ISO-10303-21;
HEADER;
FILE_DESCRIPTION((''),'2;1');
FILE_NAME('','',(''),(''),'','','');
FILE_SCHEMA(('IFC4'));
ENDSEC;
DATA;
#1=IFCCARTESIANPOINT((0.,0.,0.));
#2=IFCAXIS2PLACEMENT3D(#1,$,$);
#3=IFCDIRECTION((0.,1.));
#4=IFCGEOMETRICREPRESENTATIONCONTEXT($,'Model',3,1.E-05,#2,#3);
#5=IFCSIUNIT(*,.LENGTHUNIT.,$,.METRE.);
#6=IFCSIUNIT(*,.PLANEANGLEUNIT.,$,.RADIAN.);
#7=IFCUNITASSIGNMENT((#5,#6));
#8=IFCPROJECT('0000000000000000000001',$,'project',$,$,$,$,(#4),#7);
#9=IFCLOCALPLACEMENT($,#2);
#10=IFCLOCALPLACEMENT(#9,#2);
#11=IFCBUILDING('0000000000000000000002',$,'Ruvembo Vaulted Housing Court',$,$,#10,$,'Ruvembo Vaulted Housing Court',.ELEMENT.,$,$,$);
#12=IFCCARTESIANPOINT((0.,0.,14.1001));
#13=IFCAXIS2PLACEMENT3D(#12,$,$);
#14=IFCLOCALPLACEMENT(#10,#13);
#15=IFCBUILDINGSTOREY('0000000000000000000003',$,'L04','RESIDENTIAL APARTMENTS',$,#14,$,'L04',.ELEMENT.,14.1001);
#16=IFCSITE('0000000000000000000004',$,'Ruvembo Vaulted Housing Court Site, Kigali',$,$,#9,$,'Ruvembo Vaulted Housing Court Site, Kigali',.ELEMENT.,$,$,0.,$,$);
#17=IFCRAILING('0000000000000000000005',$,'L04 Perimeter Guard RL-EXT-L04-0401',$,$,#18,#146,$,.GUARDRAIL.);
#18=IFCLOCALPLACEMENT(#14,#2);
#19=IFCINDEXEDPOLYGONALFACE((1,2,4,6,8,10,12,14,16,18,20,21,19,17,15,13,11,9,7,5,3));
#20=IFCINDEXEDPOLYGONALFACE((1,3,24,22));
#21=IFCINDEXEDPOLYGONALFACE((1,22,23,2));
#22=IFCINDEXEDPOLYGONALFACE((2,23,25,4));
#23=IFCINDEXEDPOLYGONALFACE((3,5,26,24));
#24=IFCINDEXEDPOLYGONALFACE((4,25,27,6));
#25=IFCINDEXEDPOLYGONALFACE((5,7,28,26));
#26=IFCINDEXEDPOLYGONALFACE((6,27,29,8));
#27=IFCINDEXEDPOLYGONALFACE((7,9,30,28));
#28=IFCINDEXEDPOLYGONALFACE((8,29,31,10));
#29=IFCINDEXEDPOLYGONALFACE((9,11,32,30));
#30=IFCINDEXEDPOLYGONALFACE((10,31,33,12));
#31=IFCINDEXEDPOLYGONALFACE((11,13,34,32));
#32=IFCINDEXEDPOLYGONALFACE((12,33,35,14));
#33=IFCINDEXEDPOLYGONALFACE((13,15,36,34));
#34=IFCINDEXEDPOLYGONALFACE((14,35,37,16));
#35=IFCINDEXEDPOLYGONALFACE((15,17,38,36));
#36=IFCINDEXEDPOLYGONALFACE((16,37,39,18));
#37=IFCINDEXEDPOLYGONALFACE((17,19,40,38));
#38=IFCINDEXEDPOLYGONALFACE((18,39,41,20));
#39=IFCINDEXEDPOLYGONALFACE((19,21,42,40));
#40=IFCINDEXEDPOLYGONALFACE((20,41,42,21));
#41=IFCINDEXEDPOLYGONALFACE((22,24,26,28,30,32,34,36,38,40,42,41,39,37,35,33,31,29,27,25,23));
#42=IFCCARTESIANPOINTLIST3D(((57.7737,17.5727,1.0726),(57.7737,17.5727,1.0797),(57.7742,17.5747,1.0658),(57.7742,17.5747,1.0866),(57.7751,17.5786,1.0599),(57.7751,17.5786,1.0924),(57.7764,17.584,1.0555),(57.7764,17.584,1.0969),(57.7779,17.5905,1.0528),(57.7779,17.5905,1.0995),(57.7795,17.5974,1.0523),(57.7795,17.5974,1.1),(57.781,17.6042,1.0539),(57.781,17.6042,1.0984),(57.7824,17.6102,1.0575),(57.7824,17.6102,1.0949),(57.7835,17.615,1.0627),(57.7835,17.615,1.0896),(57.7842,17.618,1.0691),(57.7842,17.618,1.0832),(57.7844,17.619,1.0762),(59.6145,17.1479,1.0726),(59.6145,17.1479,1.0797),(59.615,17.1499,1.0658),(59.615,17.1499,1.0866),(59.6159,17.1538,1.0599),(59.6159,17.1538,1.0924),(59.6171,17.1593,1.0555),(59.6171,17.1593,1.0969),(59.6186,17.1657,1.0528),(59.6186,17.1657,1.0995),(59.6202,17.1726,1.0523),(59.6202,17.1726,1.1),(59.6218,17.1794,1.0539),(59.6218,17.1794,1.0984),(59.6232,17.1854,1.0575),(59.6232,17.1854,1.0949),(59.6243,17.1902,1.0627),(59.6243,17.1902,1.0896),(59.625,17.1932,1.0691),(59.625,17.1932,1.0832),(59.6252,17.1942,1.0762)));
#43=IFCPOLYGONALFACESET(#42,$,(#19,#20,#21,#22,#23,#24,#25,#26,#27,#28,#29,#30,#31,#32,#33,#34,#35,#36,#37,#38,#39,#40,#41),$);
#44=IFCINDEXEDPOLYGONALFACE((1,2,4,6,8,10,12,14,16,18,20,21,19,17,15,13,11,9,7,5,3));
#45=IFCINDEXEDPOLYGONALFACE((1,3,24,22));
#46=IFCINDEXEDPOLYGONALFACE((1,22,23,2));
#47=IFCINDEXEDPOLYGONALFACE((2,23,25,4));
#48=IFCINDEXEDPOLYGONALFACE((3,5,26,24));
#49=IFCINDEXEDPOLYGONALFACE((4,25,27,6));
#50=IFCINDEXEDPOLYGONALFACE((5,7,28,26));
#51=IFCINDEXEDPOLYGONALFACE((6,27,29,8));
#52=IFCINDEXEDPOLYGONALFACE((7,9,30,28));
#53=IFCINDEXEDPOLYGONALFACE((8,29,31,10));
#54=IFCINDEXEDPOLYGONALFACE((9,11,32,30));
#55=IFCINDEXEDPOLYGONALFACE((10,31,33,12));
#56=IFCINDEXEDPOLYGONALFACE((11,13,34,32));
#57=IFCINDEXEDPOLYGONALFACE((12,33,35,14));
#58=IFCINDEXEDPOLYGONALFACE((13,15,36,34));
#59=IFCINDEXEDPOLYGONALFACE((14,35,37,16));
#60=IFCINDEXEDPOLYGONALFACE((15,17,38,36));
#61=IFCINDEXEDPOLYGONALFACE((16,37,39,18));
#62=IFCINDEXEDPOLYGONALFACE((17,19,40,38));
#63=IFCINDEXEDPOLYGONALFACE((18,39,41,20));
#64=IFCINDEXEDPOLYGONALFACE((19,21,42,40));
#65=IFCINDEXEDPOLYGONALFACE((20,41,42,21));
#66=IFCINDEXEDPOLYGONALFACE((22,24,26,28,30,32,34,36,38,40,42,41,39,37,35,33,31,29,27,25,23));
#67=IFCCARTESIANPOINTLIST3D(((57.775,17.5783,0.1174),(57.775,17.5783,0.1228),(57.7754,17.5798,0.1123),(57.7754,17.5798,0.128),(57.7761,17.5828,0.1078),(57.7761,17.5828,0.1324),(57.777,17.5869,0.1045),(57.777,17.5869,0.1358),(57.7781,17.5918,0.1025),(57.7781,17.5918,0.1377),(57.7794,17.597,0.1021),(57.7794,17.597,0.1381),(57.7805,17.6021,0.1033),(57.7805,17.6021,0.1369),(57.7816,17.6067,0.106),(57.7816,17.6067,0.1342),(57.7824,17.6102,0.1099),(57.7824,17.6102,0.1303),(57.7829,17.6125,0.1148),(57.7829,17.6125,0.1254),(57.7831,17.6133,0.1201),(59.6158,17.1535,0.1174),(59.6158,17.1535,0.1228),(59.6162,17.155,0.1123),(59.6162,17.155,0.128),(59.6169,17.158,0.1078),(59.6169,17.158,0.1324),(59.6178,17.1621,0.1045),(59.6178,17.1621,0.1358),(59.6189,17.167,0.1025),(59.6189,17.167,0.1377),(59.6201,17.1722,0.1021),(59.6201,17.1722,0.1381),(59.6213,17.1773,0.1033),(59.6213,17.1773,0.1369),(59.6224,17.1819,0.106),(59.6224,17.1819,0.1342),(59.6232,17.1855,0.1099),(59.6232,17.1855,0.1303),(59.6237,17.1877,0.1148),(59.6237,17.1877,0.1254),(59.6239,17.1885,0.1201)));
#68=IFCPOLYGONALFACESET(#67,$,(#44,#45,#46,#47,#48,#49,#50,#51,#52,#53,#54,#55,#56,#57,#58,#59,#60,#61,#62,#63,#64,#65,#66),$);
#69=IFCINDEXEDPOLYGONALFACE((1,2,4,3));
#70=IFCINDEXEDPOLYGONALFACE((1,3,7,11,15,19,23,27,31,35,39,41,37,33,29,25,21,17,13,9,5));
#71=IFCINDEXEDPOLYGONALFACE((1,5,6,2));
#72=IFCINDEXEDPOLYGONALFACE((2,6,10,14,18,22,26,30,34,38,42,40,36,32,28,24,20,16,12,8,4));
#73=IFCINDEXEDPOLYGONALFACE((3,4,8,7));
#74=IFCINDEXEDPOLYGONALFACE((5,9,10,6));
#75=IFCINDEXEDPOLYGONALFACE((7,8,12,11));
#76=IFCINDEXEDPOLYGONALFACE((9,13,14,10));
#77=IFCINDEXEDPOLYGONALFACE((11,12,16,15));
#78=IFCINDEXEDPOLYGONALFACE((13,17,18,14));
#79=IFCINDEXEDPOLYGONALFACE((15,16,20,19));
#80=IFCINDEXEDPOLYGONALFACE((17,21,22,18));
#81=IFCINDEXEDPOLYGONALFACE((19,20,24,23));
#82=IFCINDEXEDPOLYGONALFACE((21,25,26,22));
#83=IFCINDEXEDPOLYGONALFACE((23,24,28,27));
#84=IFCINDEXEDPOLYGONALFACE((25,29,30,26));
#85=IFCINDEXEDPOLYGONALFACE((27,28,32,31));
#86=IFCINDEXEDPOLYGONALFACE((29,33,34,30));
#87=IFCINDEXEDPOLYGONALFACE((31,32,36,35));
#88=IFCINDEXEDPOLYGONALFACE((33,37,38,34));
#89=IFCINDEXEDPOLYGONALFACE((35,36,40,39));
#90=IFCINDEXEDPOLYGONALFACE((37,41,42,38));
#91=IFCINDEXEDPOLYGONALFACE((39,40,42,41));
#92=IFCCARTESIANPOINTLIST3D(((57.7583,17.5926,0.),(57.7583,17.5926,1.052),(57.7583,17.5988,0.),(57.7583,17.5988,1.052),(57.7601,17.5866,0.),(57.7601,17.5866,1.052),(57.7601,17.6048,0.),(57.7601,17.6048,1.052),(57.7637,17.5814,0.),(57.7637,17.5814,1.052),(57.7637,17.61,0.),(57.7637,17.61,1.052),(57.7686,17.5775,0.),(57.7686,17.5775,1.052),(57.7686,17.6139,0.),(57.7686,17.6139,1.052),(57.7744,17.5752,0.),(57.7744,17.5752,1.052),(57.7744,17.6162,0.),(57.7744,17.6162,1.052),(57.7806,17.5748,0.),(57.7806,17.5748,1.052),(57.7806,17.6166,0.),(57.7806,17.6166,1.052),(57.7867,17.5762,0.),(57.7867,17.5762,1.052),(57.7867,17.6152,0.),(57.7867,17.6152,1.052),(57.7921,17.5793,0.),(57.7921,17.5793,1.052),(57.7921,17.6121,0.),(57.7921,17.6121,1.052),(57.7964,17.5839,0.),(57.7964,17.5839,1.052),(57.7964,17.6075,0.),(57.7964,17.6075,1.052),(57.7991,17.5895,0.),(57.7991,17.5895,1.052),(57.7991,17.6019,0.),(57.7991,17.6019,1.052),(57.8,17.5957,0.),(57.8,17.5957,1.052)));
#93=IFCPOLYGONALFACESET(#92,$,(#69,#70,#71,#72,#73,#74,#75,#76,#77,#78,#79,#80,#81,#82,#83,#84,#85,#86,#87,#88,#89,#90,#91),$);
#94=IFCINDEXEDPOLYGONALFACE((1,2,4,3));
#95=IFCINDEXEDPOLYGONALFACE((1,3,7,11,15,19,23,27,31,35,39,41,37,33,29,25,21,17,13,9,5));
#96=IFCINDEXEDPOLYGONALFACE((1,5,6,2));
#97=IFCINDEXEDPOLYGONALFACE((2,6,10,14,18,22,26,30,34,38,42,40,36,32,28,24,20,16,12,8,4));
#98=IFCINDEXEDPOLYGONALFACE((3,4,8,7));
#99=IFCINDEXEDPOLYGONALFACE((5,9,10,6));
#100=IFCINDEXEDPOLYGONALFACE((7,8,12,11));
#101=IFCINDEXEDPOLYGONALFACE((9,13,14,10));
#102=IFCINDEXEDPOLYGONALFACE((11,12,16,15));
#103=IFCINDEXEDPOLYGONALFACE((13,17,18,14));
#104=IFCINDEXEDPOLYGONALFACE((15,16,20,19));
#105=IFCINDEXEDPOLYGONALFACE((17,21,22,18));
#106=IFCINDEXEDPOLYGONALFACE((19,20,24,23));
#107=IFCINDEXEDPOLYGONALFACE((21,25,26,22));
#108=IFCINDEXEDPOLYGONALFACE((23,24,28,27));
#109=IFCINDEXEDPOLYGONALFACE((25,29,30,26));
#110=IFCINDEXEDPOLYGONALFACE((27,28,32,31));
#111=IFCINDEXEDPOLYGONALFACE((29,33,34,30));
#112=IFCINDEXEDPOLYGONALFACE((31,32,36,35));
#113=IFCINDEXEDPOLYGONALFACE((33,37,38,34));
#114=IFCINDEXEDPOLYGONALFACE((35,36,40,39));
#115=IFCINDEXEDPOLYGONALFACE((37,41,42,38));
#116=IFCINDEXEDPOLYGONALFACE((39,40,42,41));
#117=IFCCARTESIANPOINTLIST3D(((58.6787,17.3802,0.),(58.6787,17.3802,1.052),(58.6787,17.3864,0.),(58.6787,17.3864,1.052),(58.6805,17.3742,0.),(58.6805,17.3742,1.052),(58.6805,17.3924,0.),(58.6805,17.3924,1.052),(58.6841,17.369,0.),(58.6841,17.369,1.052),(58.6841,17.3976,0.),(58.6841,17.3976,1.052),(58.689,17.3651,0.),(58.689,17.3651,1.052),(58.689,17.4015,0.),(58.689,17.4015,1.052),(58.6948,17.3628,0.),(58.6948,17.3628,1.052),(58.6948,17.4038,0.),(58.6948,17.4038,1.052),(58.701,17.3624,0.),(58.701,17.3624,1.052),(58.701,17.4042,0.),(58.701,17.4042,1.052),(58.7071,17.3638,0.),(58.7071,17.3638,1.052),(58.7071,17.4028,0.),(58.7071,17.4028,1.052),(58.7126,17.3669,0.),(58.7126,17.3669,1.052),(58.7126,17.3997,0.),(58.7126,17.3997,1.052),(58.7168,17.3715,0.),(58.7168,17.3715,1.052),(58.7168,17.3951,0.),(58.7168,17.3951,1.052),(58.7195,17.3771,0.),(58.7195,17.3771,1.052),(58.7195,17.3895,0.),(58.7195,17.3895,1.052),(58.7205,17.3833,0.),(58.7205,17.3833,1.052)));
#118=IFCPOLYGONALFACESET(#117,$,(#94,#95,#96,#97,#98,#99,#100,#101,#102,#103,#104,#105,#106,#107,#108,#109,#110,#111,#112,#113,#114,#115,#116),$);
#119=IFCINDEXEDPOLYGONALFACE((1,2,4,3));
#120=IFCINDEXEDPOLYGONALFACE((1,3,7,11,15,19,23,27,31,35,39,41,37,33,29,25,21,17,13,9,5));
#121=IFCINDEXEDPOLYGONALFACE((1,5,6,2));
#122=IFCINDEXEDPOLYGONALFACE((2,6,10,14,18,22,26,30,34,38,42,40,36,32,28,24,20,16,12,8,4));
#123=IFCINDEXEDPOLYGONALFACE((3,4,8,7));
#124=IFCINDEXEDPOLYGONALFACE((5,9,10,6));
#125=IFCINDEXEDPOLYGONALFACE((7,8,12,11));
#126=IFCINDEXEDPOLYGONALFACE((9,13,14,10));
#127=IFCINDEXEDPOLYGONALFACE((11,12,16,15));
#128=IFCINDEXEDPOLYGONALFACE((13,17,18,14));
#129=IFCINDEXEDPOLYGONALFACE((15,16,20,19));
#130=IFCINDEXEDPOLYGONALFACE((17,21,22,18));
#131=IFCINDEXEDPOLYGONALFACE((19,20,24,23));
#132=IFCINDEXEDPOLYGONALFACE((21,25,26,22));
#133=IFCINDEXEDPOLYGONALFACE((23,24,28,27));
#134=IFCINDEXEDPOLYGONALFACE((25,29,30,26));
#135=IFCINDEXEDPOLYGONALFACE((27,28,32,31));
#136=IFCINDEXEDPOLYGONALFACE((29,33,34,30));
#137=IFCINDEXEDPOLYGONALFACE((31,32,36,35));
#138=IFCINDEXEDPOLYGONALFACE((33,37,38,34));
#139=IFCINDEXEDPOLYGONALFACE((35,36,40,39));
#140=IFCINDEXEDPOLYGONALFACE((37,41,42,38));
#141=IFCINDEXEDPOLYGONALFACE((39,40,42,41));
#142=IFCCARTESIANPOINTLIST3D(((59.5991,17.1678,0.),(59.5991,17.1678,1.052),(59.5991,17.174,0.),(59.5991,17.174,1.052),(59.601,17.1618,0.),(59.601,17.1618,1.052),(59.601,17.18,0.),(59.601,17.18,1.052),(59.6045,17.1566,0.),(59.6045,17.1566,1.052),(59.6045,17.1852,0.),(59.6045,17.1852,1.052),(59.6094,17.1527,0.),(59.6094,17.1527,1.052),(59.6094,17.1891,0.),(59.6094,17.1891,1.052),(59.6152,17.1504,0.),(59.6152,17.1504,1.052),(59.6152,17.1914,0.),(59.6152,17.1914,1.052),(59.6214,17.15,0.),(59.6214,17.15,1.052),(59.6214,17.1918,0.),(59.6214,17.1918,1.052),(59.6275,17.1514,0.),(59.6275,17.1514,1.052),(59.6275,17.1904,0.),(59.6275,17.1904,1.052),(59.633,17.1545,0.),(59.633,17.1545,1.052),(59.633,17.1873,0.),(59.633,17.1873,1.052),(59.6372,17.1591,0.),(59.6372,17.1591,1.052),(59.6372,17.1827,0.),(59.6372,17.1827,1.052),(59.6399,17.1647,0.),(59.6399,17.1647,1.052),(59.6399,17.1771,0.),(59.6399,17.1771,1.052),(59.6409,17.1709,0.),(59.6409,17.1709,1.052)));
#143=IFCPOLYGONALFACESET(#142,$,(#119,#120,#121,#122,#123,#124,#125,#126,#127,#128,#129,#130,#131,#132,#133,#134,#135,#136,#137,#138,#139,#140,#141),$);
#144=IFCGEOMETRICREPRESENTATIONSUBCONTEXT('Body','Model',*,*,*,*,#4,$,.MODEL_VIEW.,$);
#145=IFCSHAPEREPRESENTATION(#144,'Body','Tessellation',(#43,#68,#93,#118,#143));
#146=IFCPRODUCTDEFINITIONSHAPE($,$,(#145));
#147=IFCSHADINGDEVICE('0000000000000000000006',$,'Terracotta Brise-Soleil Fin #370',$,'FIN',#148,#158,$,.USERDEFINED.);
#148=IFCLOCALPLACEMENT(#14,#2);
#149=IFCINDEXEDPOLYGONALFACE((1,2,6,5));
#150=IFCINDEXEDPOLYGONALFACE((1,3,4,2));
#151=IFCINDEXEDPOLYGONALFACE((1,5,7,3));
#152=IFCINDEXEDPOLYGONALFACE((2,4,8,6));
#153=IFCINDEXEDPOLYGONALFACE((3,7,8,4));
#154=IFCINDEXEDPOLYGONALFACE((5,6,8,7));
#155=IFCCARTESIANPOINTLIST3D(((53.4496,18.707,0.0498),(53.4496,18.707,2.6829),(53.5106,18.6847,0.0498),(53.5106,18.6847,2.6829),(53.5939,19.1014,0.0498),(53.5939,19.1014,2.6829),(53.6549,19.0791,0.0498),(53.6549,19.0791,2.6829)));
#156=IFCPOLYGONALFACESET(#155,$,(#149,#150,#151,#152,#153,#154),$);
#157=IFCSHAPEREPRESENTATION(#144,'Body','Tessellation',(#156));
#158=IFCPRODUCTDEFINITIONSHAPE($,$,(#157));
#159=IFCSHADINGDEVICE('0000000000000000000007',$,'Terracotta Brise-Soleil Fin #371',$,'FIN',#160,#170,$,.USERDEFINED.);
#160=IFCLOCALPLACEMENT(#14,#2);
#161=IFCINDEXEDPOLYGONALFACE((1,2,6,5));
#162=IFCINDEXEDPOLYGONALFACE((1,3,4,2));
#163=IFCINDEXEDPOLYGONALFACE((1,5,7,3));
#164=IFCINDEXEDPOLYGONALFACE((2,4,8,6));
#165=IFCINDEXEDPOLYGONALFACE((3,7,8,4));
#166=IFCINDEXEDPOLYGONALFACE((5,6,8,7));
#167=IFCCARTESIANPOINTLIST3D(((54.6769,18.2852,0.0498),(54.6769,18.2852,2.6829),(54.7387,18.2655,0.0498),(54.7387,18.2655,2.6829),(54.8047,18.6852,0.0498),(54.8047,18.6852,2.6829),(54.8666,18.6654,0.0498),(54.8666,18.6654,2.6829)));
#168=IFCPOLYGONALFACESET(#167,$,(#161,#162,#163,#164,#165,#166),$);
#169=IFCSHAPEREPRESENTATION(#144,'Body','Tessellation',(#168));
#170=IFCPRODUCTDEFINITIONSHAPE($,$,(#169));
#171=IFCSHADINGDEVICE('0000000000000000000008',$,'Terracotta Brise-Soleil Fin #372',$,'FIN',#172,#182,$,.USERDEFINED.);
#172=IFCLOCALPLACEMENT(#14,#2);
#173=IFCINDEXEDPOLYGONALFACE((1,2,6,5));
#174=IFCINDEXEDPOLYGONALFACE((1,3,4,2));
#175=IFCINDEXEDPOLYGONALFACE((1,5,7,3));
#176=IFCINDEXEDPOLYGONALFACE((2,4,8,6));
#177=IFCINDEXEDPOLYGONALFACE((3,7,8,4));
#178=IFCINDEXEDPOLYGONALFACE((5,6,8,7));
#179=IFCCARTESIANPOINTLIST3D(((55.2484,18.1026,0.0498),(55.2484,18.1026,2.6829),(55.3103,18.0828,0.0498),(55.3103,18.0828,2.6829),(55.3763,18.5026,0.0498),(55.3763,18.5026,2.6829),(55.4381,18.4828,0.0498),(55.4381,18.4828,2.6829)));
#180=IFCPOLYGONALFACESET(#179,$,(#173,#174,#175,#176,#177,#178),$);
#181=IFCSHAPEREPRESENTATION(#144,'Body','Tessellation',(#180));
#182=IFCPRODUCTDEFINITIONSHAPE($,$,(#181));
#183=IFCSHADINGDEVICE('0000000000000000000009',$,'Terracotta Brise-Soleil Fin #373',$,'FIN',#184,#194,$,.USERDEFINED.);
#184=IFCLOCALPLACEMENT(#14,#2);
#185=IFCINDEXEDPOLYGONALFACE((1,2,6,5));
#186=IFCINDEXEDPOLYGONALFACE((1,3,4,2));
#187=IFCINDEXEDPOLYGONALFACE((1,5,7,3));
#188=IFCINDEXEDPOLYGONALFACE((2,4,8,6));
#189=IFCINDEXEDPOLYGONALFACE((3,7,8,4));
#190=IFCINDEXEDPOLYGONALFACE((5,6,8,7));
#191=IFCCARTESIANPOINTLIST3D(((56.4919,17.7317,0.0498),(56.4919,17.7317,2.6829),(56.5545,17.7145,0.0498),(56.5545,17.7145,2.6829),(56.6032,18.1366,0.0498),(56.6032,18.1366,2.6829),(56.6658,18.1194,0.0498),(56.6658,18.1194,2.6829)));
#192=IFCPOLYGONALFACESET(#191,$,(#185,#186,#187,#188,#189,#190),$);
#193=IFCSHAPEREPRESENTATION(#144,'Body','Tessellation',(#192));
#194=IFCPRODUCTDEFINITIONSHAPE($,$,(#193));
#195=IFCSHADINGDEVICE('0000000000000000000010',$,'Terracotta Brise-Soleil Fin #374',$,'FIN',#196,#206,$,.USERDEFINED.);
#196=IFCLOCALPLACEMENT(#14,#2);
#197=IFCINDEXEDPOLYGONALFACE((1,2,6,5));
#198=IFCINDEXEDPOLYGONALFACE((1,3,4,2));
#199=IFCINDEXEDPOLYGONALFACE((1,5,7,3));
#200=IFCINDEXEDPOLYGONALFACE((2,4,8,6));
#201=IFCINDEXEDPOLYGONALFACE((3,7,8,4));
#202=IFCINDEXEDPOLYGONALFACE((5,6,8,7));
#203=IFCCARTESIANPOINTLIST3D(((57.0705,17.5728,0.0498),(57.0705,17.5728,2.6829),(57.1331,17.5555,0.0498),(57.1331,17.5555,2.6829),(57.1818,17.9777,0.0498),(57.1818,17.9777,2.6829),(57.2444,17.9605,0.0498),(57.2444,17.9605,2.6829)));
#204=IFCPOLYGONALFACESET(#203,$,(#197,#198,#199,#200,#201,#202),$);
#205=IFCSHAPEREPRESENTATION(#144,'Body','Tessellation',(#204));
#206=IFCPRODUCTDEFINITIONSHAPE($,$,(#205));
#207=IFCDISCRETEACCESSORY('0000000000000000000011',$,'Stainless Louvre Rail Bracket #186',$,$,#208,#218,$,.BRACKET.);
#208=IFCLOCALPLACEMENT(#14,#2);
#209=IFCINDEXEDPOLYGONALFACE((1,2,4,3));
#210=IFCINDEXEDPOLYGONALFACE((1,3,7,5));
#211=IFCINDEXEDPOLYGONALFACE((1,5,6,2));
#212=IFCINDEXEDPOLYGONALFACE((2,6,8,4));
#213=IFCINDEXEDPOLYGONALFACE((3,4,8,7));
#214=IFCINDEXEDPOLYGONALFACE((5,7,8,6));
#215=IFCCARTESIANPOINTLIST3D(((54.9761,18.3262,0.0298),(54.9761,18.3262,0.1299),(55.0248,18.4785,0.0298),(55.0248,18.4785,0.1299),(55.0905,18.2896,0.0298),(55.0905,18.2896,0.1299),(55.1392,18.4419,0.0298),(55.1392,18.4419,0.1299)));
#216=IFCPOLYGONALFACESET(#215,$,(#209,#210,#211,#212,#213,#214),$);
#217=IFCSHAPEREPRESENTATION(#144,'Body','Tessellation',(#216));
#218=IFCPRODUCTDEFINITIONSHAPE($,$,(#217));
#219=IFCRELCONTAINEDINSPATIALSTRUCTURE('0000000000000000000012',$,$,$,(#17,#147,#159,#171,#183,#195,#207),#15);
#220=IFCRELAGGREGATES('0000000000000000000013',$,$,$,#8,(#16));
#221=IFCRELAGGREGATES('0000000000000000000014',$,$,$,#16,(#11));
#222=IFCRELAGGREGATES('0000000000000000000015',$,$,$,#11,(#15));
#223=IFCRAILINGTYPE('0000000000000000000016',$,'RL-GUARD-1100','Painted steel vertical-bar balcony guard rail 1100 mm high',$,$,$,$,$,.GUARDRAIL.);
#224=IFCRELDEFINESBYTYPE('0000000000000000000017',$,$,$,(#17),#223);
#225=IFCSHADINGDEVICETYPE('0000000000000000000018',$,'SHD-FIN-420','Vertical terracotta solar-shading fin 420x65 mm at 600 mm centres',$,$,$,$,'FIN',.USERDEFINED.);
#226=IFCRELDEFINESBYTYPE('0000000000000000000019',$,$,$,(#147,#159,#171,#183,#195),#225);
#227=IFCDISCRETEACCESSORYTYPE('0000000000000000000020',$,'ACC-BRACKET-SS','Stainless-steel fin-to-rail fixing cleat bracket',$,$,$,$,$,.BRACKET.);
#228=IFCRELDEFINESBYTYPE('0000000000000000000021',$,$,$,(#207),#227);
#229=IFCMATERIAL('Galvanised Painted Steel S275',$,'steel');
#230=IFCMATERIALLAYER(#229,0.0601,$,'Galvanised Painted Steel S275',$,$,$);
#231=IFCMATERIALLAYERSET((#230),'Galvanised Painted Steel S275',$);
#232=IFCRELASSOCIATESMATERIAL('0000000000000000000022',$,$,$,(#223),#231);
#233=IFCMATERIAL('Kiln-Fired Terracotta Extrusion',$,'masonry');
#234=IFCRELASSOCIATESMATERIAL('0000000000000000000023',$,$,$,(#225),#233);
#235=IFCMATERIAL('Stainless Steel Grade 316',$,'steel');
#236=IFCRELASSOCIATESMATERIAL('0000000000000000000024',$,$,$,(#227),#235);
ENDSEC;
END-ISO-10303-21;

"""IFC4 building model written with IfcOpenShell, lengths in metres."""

from ifc_helpers import new_model, si_unit, direction, frame, origin, origin_2d, place, context, subcontext, project, spatial, rectangle, circle, extrude, material, layer, layer_set, type_object, element, save


model = new_model("IFC4")

# Units and contexts
model_context = context("Model", 3, precision=1e-05, world=origin(), true_north=direction((0.0, 1.0)))
body_context = subcontext(model_context, "Body", "Model", "MODEL_VIEW")
ifc_project = project(units=[si_unit("LENGTHUNIT", "METRE"), si_unit("PLANEANGLEUNIT", "RADIAN")], contexts=[model_context])

# Site, building, storey
site_placement = place(None, origin())
site = spatial("IfcSite", under=ifc_project, at=site_placement, Name="Ruvembo Vaulted Housing Court Site, Kigali", LongName="Ruvembo Vaulted Housing Court Site, Kigali", CompositionType="ELEMENT", RefElevation=0.0)
building_placement = place(site_placement, origin())
building = spatial("IfcBuilding", under=site, at=building_placement, Name="Ruvembo Vaulted Housing Court", LongName="Ruvembo Vaulted Housing Court", CompositionType="ELEMENT")
storey_placement = place(building_placement, frame((0.0, 0.0, 14.1001)))
storey = spatial("IfcBuildingStorey", under=building, at=storey_placement, Name="L04", Description="RESIDENTIAL APARTMENTS", LongName="L04", CompositionType="ELEMENT", Elevation=14.1001)

# Railing
ifc_material_1 = material(Name="Galvanised Painted Steel S275", Category="steel")
ifc_layer = layer(ifc_material_1, 0.0601, Name="Galvanised Painted Steel S275")
ifc_layer_set = layer_set([ifc_layer], Name="Galvanised Painted Steel S275")
railing_type = type_object("IfcRailingType", Name="RL-GUARD-1100", Description="Painted steel vertical-bar balcony guard rail 1100 mm high", PredefinedType="GUARDRAIL", material=ifc_layer_set)
railing_1_placement = place(storey_placement, frame((57.7791, 17.5957, 0.0)))
element("IfcRailing", 1, at=railing_1_placement, inside=storey, type_object=railing_type, Name="L04 Perimeter Guard RL-EXT-L04-0401", PredefinedType="GUARDRAIL", context=body_context, shape_type="SweptSolid", body=[
    extrude(circle(Radius=0.0239, at=origin_2d()), frame((0.0, 0.0, 1.0762), z_axis=(0.974391, -0.22486, 0.0), x_axis=(0.22486, 0.974391, 0.0)), (0.0, 0.0, 1.0), 1.8892),
    extrude(circle(Radius=0.0181, at=origin_2d()), frame((0.0, 0.0, 0.1201), z_axis=(0.974391, -0.22486, 0.0), x_axis=(0.22486, 0.974391, 0.0)), (0.0, 0.0, 1.0), 1.8892),
    extrude(circle(Radius=0.021, at=origin_2d()), origin(), (0.0, 0.0, 1.0), 1.052),
    extrude(circle(Radius=0.021, at=origin_2d()), frame((0.9204, -0.2124, 0.0)), (0.0, 0.0, 1.0), 1.052),
    extrude(circle(Radius=0.021, at=origin_2d()), frame((1.8408, -0.4248, 0.0)), (0.0, 0.0, 1.0), 1.052),
])

# Shading devices
ifc_material_2 = material(Name="Kiln-Fired Terracotta Extrusion", Category="masonry")
shading_device_type = type_object("IfcShadingDeviceType", Name="SHD-FIN-420", Description="Vertical terracotta solar-shading fin 420x65 mm at 600 mm centres", ElementType="FIN", PredefinedType="USERDEFINED", material=ifc_material_2)
for number, where, z_axis, x_axis, name in (
    (2, (53.5522, 18.8931, 0.0498), (0.0, 0.0, 1.0), (-0.343512, -0.939148, 0.0), "Terracotta Brise-Soleil Fin #370"),
    (3, (54.7717, 18.4753, 0.0498), (0.0, 0.0, 1.0), (-0.304449, -0.952529, 0.0), "Terracotta Brise-Soleil Fin #371"),
    (4, (55.3433, 18.2927, 0.0498), (0.0, 0.0, 1.0), (-0.304449, -0.952529, 0.0), "Terracotta Brise-Soleil Fin #372"),
    (5, (56.5789, 17.9255, 0.0498), (0.0, 0.0, 1.0), (-0.264984, -0.964253, 0.0), "Terracotta Brise-Soleil Fin #373"),
    (6, (57.1575, 17.7666, 0.0498), (0.0, 0.0, 1.0), (-0.264984, -0.964253, 0.0), "Terracotta Brise-Soleil Fin #374"),
):
    element("IfcShadingDevice", number, at=place(storey_placement, frame(where, z_axis=z_axis, x_axis=x_axis)), inside=storey, type_object=shading_device_type, Name=name, ObjectType="FIN", PredefinedType="USERDEFINED", context=body_context, shape_type="SweptSolid", body=[
        extrude(rectangle(XDim=0.4199, YDim=0.0649, at=origin_2d()), origin(), (0.0, 0.0, 1.0), 2.6331),
    ])

# Discrete accessory
ifc_material_3 = material(Name="Stainless Steel Grade 316", Category="steel")
discrete_accessory_type = type_object("IfcDiscreteAccessoryType", Name="ACC-BRACKET-SS", Description="Stainless-steel fin-to-rail fixing cleat bracket", PredefinedType="BRACKET", material=ifc_material_3)
for number, where, z_axis, x_axis, name in (
    (7, (55.0576, 18.384, 0.0298), (0.0, 0.0, 1.0), (-0.304449, -0.952529, 0.0), "Stainless Louvre Rail Bracket #186"),
):
    element("IfcDiscreteAccessory", number, at=place(storey_placement, frame(where, z_axis=z_axis, x_axis=x_axis)), inside=storey, type_object=discrete_accessory_type, Name=name, PredefinedType="BRACKET", context=body_context, shape_type="SweptSolid", body=[
        extrude(rectangle(XDim=0.1599, YDim=0.1201, at=origin_2d()), origin(), (0.0, 0.0, 1.0), 0.1001),
    ])

save(model, "model.ifc")
